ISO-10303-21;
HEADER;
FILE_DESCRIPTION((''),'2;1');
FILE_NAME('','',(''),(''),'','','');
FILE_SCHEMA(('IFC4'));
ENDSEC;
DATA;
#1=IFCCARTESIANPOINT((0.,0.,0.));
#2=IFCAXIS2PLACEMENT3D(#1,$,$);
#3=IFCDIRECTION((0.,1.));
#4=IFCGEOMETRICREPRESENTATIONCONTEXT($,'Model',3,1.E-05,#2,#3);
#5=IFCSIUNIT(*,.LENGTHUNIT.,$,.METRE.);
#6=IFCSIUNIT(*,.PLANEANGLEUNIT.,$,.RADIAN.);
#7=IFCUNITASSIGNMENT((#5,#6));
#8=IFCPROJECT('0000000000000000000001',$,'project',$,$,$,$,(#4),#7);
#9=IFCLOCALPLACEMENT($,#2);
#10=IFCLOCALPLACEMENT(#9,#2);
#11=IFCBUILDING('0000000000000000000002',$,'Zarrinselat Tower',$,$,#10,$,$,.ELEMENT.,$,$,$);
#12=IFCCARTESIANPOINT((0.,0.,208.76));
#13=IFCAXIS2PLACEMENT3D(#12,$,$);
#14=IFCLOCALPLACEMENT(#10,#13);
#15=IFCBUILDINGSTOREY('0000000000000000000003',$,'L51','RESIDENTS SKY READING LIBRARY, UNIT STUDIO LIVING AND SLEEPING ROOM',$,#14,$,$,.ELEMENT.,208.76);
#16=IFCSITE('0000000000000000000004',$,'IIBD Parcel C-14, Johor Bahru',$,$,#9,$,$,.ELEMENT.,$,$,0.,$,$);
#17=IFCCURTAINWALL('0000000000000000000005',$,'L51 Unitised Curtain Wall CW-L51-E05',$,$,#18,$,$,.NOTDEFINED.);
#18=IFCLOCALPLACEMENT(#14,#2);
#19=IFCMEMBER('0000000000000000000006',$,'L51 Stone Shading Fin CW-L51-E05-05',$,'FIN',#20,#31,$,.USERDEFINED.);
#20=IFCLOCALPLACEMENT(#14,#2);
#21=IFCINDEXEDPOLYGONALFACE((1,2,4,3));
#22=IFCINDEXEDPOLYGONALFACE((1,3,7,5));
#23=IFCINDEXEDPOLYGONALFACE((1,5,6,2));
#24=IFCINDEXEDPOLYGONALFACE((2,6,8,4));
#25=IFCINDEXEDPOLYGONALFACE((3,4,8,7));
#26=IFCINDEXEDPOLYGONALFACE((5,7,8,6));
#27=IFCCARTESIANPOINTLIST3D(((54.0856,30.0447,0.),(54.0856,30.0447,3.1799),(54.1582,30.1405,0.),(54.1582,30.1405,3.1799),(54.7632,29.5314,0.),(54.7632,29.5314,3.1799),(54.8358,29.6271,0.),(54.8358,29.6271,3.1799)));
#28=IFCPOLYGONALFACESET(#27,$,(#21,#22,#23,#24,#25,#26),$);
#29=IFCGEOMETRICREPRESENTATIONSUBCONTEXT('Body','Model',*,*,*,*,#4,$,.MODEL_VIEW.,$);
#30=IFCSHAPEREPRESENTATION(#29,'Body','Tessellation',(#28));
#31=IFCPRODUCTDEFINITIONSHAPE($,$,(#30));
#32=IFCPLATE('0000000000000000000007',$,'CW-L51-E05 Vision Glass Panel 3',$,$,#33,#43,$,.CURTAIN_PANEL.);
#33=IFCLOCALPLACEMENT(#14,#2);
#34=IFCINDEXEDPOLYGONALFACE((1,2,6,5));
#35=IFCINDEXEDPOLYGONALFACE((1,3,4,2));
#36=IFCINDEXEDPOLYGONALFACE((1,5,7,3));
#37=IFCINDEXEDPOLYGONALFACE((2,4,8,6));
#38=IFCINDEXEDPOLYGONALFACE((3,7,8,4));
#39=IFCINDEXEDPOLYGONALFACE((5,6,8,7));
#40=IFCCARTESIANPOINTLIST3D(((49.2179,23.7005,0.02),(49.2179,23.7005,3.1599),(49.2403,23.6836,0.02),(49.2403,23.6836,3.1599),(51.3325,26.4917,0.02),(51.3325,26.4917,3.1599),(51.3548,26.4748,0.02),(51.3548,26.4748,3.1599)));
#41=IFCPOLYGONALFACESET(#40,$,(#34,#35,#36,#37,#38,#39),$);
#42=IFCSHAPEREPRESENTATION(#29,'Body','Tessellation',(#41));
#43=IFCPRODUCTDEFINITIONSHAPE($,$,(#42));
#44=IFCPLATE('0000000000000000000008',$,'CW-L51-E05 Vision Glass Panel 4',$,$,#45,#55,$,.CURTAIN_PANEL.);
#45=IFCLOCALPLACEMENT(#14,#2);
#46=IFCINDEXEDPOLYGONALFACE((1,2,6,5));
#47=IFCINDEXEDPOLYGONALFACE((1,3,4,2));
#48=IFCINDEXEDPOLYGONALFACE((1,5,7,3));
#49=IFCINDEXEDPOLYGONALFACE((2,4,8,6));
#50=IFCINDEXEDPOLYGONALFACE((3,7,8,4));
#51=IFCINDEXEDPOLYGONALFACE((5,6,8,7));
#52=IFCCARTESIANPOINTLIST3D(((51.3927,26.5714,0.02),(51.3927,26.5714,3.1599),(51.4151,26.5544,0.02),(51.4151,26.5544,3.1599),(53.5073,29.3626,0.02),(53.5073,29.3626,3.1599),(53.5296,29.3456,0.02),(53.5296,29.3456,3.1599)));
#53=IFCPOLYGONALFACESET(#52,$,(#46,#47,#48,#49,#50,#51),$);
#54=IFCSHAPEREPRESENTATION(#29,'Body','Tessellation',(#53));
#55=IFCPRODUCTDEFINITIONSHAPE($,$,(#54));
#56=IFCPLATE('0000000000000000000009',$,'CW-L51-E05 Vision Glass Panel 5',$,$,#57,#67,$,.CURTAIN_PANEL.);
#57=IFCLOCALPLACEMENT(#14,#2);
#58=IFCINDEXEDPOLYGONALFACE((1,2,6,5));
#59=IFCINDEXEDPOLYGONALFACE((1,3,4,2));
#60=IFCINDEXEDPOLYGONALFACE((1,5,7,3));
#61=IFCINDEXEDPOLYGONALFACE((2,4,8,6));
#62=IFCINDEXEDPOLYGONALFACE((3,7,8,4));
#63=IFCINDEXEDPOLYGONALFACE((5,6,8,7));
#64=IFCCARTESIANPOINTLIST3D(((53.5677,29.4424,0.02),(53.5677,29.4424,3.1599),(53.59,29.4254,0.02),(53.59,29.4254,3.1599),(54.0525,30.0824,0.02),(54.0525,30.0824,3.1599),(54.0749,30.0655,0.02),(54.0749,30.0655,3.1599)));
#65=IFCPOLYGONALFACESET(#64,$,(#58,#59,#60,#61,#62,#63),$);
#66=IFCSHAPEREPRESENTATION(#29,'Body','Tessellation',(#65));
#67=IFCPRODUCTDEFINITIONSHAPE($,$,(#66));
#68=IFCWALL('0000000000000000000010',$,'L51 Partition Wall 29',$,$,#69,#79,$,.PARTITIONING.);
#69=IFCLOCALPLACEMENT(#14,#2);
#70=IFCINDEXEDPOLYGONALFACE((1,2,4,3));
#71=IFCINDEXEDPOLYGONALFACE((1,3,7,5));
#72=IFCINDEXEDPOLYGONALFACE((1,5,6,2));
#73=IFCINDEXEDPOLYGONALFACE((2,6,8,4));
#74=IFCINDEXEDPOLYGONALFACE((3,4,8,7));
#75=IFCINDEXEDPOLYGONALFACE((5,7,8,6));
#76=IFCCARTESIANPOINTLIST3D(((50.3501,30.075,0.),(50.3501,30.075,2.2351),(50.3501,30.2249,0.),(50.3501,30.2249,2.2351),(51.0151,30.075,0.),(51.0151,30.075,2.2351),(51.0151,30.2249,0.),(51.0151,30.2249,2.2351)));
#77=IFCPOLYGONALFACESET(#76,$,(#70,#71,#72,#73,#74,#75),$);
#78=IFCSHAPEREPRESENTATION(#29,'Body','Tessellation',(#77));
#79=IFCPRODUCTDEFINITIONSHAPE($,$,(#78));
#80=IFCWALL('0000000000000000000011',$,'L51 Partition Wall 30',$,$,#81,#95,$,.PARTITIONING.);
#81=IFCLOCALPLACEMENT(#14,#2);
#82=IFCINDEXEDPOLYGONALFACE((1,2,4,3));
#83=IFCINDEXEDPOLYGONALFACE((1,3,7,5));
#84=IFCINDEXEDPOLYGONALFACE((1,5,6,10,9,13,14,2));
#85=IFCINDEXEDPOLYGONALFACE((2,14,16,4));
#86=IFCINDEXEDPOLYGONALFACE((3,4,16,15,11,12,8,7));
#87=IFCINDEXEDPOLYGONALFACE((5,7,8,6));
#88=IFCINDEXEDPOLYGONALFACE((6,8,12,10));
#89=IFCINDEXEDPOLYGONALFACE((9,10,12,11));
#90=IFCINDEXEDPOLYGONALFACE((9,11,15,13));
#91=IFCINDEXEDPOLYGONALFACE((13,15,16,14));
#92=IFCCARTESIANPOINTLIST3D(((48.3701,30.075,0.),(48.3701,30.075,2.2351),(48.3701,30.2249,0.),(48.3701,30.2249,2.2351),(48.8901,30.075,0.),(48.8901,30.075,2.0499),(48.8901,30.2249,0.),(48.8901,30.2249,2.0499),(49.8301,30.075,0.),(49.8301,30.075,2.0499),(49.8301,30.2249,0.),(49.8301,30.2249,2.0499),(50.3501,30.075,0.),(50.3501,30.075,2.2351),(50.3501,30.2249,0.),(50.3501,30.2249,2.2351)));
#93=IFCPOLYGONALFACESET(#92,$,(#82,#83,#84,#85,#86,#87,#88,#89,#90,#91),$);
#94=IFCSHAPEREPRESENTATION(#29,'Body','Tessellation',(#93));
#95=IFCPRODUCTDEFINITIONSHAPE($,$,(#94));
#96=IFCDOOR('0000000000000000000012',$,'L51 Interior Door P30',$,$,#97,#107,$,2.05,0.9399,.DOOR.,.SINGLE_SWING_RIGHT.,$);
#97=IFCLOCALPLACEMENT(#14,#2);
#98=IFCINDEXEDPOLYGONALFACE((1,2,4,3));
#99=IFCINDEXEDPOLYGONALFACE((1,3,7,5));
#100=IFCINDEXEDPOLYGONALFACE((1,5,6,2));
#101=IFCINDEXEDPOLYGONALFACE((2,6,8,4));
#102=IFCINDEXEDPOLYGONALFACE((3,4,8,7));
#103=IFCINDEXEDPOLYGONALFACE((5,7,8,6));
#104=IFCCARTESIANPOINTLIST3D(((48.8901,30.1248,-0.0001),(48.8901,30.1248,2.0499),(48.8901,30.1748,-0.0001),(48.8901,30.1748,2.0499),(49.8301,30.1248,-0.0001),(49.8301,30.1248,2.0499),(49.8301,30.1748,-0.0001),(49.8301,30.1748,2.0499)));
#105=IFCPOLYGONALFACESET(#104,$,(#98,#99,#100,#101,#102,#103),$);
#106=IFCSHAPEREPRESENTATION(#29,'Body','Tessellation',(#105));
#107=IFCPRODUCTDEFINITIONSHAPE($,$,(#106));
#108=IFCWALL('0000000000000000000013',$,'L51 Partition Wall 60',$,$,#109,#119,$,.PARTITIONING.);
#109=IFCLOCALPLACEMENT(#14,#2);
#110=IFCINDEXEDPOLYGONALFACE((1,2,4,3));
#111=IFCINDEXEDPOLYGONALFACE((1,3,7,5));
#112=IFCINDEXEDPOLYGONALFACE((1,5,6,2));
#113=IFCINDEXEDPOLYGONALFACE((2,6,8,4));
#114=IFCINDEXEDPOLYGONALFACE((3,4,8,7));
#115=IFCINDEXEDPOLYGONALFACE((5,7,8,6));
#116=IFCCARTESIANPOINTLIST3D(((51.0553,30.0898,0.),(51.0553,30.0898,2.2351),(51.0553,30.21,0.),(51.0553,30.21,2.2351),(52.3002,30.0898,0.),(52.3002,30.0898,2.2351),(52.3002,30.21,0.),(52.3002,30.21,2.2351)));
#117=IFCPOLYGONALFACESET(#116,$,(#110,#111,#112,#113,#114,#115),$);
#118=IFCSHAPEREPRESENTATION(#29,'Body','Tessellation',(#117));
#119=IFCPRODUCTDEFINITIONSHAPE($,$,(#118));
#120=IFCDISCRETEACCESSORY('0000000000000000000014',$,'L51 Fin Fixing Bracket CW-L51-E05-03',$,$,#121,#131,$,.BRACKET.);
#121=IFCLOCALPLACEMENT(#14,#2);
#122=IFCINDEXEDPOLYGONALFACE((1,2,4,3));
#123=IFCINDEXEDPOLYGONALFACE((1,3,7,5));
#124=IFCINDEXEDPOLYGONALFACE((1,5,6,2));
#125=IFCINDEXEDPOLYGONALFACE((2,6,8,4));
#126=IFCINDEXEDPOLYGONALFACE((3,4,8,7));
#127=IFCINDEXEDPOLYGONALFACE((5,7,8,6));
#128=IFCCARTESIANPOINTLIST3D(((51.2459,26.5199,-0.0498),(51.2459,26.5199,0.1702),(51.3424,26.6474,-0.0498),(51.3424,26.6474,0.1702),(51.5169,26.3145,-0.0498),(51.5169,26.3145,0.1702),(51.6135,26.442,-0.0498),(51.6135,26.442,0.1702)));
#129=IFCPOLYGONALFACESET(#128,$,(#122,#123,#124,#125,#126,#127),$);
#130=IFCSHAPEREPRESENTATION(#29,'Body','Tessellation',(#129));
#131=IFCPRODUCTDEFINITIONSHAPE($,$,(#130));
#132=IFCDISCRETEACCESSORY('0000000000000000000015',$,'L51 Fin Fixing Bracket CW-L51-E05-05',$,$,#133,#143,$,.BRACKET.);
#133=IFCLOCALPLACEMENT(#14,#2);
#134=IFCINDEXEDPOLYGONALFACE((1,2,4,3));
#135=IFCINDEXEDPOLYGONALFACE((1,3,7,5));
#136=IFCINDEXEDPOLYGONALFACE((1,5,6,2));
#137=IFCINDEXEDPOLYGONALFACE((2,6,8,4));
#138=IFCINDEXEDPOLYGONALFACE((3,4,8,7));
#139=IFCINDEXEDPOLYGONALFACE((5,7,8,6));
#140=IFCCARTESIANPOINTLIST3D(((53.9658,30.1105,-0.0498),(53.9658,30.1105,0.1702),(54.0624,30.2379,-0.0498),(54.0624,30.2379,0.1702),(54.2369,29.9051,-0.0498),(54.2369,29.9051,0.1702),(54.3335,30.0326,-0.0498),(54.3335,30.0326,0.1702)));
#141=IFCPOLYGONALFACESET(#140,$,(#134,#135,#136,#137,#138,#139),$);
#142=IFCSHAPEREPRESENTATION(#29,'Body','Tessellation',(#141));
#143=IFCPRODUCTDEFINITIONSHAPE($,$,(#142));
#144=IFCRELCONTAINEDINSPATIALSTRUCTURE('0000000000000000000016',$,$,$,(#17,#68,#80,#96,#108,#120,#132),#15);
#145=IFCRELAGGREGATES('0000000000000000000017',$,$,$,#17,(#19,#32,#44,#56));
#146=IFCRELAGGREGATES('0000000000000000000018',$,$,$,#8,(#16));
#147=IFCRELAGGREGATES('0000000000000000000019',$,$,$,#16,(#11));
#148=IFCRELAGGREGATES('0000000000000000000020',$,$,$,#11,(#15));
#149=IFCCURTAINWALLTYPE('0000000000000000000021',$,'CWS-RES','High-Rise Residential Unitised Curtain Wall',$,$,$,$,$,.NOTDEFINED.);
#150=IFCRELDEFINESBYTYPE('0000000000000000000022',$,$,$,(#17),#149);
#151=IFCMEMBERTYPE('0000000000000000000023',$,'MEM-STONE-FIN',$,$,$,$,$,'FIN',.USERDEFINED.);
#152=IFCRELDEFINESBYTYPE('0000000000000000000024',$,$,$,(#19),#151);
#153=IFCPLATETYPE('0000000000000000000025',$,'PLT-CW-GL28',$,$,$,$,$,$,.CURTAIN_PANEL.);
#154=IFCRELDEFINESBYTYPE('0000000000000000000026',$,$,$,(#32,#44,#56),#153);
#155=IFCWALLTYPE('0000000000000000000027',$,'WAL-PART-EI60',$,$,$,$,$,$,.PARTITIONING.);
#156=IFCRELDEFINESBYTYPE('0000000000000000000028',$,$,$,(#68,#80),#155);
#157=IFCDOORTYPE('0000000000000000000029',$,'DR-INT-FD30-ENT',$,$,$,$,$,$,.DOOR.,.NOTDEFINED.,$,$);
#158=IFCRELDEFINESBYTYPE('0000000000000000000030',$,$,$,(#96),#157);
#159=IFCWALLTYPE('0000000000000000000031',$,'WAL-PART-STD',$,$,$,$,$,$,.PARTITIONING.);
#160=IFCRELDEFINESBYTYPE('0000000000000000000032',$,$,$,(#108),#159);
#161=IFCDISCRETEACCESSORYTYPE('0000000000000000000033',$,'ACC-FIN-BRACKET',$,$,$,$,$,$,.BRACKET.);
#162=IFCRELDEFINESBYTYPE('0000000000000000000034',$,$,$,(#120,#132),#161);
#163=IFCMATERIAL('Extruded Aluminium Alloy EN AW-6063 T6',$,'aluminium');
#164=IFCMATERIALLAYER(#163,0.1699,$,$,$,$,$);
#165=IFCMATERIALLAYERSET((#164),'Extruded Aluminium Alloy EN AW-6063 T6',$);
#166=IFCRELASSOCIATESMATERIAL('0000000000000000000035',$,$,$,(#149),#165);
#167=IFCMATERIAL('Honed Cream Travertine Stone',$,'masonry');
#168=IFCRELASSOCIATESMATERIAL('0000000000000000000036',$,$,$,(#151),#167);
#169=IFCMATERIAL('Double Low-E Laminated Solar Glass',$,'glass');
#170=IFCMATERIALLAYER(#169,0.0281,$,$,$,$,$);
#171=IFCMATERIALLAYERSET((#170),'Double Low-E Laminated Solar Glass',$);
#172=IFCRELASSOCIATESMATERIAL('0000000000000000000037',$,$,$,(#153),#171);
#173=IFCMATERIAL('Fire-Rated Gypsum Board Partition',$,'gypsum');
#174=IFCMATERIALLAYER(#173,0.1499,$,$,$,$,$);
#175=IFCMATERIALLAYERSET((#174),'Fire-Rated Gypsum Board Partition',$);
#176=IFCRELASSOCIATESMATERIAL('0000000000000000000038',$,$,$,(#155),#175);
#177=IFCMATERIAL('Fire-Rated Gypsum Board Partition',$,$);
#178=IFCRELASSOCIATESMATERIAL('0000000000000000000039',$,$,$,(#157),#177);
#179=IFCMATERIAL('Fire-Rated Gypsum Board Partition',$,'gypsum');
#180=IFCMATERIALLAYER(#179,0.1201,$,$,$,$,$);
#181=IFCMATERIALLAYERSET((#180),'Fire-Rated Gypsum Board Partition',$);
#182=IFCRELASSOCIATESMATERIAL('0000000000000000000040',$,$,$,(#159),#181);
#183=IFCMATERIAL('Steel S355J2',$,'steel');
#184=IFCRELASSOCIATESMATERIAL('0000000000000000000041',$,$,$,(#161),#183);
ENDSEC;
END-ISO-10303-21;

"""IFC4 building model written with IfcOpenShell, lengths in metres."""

from ifc_helpers import new_model, si_unit, direction, frame, frame_2d, origin, origin_2d, place, context, subcontext, project, spatial, rectangle, extrude, material, layer, layer_set, material_profile, profile_set, type_object, element, fill, aggregate, save


model = new_model("IFC4")

# Units and contexts
model_context = context("Model", 3, precision=1e-05, world=origin(), true_north=direction((0.0, 1.0)))
body_context = subcontext(model_context, "Body", "Model", "MODEL_VIEW")
ifc_project = project(units=[si_unit("LENGTHUNIT", "METRE"), si_unit("PLANEANGLEUNIT", "RADIAN")], contexts=[model_context])

# Site, building, storey
site_placement = place(None, origin())
site = spatial("IfcSite", under=ifc_project, at=site_placement, Name="IIBD Parcel C-14, Johor Bahru", CompositionType="ELEMENT", RefElevation=0.0)
building_placement = place(site_placement, origin())
building = spatial("IfcBuilding", under=site, at=building_placement, Name="Zarrinselat Tower", CompositionType="ELEMENT")
storey_placement = place(building_placement, frame((0.0, 0.0, 208.76)))
storey = spatial("IfcBuildingStorey", under=building, at=storey_placement, Name="L51", Description="RESIDENTS SKY READING LIBRARY, UNIT STUDIO LIVING AND SLEEPING ROOM", CompositionType="ELEMENT", Elevation=208.76)

# Curtain wall, member, plates
ifc_material_1 = material(Name="Extruded Aluminium Alloy EN AW-6063 T6", Category="aluminium")
ifc_layer_1 = layer(ifc_material_1, 0.1699)
ifc_layer_set_1 = layer_set([ifc_layer_1], Name="Extruded Aluminium Alloy EN AW-6063 T6")
curtain_wall_type = type_object("IfcCurtainWallType", Name="CWS-RES", Description="High-Rise Residential Unitised Curtain Wall", PredefinedType="NOTDEFINED", material=ifc_layer_set_1)
curtain_wall_placement = place(storey_placement, origin())
curtain_wall = element("IfcCurtainWall", 1, at=curtain_wall_placement, inside=storey, type_object=curtain_wall_type, Name="L51 Unitised Curtain Wall CW-L51-E05", PredefinedType="NOTDEFINED")
ifc_material_2 = material(Name="Honed Cream Travertine Stone", Category="masonry")
ifc_material_profile_1 = material_profile(ifc_material_2, rectangle(XDim=0.1201, YDim=0.8501, at=origin_2d()), Name="FIN 850x120")
ifc_profile_set_1 = profile_set([ifc_material_profile_1], Name="Honed Cream Travertine Stone")
member_type_1 = type_object("IfcMemberType", Name="MEM-STONE-FIN", ElementType="FIN", PredefinedType="USERDEFINED", material=ifc_profile_set_1)
member_1_placement = place(storey_placement, frame((54.4607, 29.8359, 0.0), z_axis=(0.0, 0.0, 1.0), x_axis=(-0.603859, -0.797091, 0.0)))
member_1 = element("IfcMember", 2, at=member_1_placement, type_object=member_type_1, Name="L51 Stone Shading Fin CW-L51-E05-05", ObjectType="FIN", PredefinedType="USERDEFINED", context=body_context, shape_type="SweptSolid", body=[
    extrude(rectangle(XDim=0.1201, YDim=0.8501, at=origin_2d()), origin(), (0.0, 0.0, 1.0), 3.1799),
])
ifc_material_3 = material(Name="Double Low-E Laminated Solar Glass", Category="glass")
ifc_layer_2 = layer(ifc_material_3, 0.0281)
ifc_layer_set_2 = layer_set([ifc_layer_2], Name="Double Low-E Laminated Solar Glass")
plate_type = type_object("IfcPlateType", Name="PLT-CW-GL28", PredefinedType="CURTAIN_PANEL", material=ifc_layer_set_2)
plate_1_placement = place(storey_placement, frame((50.2864, 25.0876, 0.02), z_axis=(0.0, 0.0, 1.0), x_axis=(0.603859, 0.797091, 0.0)))
plate_1 = element("IfcPlate", 3, at=plate_1_placement, type_object=plate_type, Name="CW-L51-E05 Vision Glass Panel 3", PredefinedType="CURTAIN_PANEL", context=body_context, shape_type="SweptSolid", body=[
    extrude(rectangle(XDim=3.5017, YDim=0.0281, at=origin_2d()), origin(), (0.0, 0.0, 1.0), 3.1399),
])
plate_2_placement = place(storey_placement, frame((52.4612, 27.9585, 0.02), z_axis=(0.0, 0.0, 1.0), x_axis=(0.603859, 0.797091, 0.0)))
plate_2 = element("IfcPlate", 4, at=plate_2_placement, type_object=plate_type, Name="CW-L51-E05 Vision Glass Panel 4", PredefinedType="CURTAIN_PANEL", context=body_context, shape_type="SweptSolid", body=[
    extrude(rectangle(XDim=3.5017, YDim=0.0281, at=origin_2d()), origin(), (0.0, 0.0, 1.0), 3.1399),
])
plate_3_placement = place(storey_placement, frame((53.8213, 29.7539, 0.02), z_axis=(0.0, 0.0, 1.0), x_axis=(0.603859, 0.797091, 0.0)))
plate_3 = element("IfcPlate", 5, at=plate_3_placement, type_object=plate_type, Name="CW-L51-E05 Vision Glass Panel 5", PredefinedType="CURTAIN_PANEL", context=body_context, shape_type="SweptSolid", body=[
    extrude(rectangle(XDim=0.803, YDim=0.0281, at=origin_2d()), origin(), (0.0, 0.0, 1.0), 3.1399),
])
aggregate(curtain_wall, [member_1, plate_1, plate_2, plate_3])

# Wall
ifc_material_4 = material(Name="Fire-Rated Gypsum Board Partition", Category="gypsum")
ifc_layer_3 = layer(ifc_material_4, 0.1499)
ifc_layer_set_3 = layer_set([ifc_layer_3], Name="Fire-Rated Gypsum Board Partition")
wall_type_1 = type_object("IfcWallType", Name="WAL-PART-EI60", PredefinedType="PARTITIONING", material=ifc_layer_set_3)
wall_1_placement = place(storey_placement, frame((50.3501, 30.1499, 0.0), z_axis=(0.0, 0.0, 1.0), x_axis=(1.0, 0.0, 0.0)))
element("IfcWall", 6, at=wall_1_placement, inside=storey, type_object=wall_type_1, Name="L51 Partition Wall 29", PredefinedType="PARTITIONING", context=body_context, shape_type="SweptSolid", body=[
    extrude(rectangle(XDim=0.665, YDim=0.1499, at=frame_2d((0.3325, 0.0))), origin(), (0.0, 0.0, 1.0), 2.2351),
])

# Wall, opening, door
wall_2_placement = place(storey_placement, frame((48.3701, 30.1499, 0.0), z_axis=(0.0, 0.0, 1.0), x_axis=(1.0, 0.0, 0.0)))
wall_2 = element("IfcWall", 7, at=wall_2_placement, inside=storey, type_object=wall_type_1, Name="L51 Partition Wall 30", PredefinedType="PARTITIONING", context=body_context, shape_type="SweptSolid", body=[
    extrude(rectangle(XDim=1.98, YDim=0.1499, at=frame_2d((0.99, 0.0))), origin(), (0.0, 0.0, 1.0), 2.2351),
])
opening_placement = place(wall_2_placement, frame((0.52, 0.0, 0.0)))
opening = element("IfcOpeningElement", 8, at=opening_placement, cuts=wall_2, PredefinedType="OPENING", context=body_context, shape_type="SweptSolid", body=[
    extrude(rectangle(XDim=0.9399, YDim=2.05, at=frame_2d((0.47, 1.0249))), frame((0.0, 0.085, 0.0), z_axis=(0.0, -1.0, 0.0), x_axis=(1.0, 0.0, 0.0)), (0.0, 0.0, 1.0), 0.1699),
])
ifc_material_5 = material(Name="Fire-Rated Gypsum Board Partition")
door_type = type_object("IfcDoorType", Name="DR-INT-FD30-ENT", OperationType="NOTDEFINED", PredefinedType="DOOR", material=ifc_material_5)
door_placement = place(opening_placement, origin())
door = element("IfcDoor", 9, at=door_placement, inside=storey, type_object=door_type, Name="L51 Interior Door P30", OperationType="SINGLE_SWING_RIGHT", OverallHeight=2.05, OverallWidth=0.9399, PredefinedType="DOOR", context=body_context, shape_type="SweptSolid", body=[
    extrude(rectangle(XDim=0.9399, YDim=2.05, at=frame_2d((0.47, 1.0249))), frame((0.0, 0.0249, 0.0), z_axis=(0.0, -1.0, 0.0), x_axis=(1.0, 0.0, 0.0)), (0.0, 0.0, 1.0), 0.05),
])
fill(opening, door)

# Wall
ifc_material_6 = material(Name="Fire-Rated Gypsum Board Partition", Category="gypsum")
ifc_layer_4 = layer(ifc_material_6, 0.1201)
ifc_layer_set_4 = layer_set([ifc_layer_4], Name="Fire-Rated Gypsum Board Partition")
wall_type_2 = type_object("IfcWallType", Name="WAL-PART-STD", PredefinedType="PARTITIONING", material=ifc_layer_set_4)
wall_3_placement = place(storey_placement, frame((51.0552, 30.1499, 0.0), z_axis=(0.0, 0.0, 1.0), x_axis=(1.0, 0.0, 0.0)))
element("IfcWall", 10, at=wall_3_placement, inside=storey, type_object=wall_type_2, Name="L51 Partition Wall 60", PredefinedType="PARTITIONING", context=body_context, shape_type="SweptSolid", body=[
    extrude(rectangle(XDim=1.2449, YDim=0.1201, at=frame_2d((0.6226, 0.0))), origin(), (0.0, 0.0, 1.0), 2.2351),
])

# Discrete accessories
ifc_material_7 = material(Name="Steel S355J2", Category="steel")
discrete_accessory_type = type_object("IfcDiscreteAccessoryType", Name="ACC-FIN-BRACKET", PredefinedType="BRACKET", material=ifc_material_7)
for number, where, z_axis, x_axis, name in (
    (11, (51.4297, 26.481, -0.0498), (0.0, 0.0, 1.0), (0.797091, -0.603859, 0.0), "L51 Fin Fixing Bracket CW-L51-E05-03"),
    (12, (54.1497, 30.0715, -0.0498), (0.0, 0.0, 1.0), (0.797091, -0.603859, 0.0), "L51 Fin Fixing Bracket CW-L51-E05-05"),
):
    element("IfcDiscreteAccessory", number, at=place(storey_placement, frame(where, z_axis=z_axis, x_axis=x_axis)), inside=storey, type_object=discrete_accessory_type, Name=name, PredefinedType="BRACKET", context=body_context, shape_type="SweptSolid", body=[
        extrude(rectangle(XDim=0.3401, YDim=0.1599, at=origin_2d()), origin(), (0.0, 0.0, 1.0), 0.22),
    ])

save(model, "model.ifc")
